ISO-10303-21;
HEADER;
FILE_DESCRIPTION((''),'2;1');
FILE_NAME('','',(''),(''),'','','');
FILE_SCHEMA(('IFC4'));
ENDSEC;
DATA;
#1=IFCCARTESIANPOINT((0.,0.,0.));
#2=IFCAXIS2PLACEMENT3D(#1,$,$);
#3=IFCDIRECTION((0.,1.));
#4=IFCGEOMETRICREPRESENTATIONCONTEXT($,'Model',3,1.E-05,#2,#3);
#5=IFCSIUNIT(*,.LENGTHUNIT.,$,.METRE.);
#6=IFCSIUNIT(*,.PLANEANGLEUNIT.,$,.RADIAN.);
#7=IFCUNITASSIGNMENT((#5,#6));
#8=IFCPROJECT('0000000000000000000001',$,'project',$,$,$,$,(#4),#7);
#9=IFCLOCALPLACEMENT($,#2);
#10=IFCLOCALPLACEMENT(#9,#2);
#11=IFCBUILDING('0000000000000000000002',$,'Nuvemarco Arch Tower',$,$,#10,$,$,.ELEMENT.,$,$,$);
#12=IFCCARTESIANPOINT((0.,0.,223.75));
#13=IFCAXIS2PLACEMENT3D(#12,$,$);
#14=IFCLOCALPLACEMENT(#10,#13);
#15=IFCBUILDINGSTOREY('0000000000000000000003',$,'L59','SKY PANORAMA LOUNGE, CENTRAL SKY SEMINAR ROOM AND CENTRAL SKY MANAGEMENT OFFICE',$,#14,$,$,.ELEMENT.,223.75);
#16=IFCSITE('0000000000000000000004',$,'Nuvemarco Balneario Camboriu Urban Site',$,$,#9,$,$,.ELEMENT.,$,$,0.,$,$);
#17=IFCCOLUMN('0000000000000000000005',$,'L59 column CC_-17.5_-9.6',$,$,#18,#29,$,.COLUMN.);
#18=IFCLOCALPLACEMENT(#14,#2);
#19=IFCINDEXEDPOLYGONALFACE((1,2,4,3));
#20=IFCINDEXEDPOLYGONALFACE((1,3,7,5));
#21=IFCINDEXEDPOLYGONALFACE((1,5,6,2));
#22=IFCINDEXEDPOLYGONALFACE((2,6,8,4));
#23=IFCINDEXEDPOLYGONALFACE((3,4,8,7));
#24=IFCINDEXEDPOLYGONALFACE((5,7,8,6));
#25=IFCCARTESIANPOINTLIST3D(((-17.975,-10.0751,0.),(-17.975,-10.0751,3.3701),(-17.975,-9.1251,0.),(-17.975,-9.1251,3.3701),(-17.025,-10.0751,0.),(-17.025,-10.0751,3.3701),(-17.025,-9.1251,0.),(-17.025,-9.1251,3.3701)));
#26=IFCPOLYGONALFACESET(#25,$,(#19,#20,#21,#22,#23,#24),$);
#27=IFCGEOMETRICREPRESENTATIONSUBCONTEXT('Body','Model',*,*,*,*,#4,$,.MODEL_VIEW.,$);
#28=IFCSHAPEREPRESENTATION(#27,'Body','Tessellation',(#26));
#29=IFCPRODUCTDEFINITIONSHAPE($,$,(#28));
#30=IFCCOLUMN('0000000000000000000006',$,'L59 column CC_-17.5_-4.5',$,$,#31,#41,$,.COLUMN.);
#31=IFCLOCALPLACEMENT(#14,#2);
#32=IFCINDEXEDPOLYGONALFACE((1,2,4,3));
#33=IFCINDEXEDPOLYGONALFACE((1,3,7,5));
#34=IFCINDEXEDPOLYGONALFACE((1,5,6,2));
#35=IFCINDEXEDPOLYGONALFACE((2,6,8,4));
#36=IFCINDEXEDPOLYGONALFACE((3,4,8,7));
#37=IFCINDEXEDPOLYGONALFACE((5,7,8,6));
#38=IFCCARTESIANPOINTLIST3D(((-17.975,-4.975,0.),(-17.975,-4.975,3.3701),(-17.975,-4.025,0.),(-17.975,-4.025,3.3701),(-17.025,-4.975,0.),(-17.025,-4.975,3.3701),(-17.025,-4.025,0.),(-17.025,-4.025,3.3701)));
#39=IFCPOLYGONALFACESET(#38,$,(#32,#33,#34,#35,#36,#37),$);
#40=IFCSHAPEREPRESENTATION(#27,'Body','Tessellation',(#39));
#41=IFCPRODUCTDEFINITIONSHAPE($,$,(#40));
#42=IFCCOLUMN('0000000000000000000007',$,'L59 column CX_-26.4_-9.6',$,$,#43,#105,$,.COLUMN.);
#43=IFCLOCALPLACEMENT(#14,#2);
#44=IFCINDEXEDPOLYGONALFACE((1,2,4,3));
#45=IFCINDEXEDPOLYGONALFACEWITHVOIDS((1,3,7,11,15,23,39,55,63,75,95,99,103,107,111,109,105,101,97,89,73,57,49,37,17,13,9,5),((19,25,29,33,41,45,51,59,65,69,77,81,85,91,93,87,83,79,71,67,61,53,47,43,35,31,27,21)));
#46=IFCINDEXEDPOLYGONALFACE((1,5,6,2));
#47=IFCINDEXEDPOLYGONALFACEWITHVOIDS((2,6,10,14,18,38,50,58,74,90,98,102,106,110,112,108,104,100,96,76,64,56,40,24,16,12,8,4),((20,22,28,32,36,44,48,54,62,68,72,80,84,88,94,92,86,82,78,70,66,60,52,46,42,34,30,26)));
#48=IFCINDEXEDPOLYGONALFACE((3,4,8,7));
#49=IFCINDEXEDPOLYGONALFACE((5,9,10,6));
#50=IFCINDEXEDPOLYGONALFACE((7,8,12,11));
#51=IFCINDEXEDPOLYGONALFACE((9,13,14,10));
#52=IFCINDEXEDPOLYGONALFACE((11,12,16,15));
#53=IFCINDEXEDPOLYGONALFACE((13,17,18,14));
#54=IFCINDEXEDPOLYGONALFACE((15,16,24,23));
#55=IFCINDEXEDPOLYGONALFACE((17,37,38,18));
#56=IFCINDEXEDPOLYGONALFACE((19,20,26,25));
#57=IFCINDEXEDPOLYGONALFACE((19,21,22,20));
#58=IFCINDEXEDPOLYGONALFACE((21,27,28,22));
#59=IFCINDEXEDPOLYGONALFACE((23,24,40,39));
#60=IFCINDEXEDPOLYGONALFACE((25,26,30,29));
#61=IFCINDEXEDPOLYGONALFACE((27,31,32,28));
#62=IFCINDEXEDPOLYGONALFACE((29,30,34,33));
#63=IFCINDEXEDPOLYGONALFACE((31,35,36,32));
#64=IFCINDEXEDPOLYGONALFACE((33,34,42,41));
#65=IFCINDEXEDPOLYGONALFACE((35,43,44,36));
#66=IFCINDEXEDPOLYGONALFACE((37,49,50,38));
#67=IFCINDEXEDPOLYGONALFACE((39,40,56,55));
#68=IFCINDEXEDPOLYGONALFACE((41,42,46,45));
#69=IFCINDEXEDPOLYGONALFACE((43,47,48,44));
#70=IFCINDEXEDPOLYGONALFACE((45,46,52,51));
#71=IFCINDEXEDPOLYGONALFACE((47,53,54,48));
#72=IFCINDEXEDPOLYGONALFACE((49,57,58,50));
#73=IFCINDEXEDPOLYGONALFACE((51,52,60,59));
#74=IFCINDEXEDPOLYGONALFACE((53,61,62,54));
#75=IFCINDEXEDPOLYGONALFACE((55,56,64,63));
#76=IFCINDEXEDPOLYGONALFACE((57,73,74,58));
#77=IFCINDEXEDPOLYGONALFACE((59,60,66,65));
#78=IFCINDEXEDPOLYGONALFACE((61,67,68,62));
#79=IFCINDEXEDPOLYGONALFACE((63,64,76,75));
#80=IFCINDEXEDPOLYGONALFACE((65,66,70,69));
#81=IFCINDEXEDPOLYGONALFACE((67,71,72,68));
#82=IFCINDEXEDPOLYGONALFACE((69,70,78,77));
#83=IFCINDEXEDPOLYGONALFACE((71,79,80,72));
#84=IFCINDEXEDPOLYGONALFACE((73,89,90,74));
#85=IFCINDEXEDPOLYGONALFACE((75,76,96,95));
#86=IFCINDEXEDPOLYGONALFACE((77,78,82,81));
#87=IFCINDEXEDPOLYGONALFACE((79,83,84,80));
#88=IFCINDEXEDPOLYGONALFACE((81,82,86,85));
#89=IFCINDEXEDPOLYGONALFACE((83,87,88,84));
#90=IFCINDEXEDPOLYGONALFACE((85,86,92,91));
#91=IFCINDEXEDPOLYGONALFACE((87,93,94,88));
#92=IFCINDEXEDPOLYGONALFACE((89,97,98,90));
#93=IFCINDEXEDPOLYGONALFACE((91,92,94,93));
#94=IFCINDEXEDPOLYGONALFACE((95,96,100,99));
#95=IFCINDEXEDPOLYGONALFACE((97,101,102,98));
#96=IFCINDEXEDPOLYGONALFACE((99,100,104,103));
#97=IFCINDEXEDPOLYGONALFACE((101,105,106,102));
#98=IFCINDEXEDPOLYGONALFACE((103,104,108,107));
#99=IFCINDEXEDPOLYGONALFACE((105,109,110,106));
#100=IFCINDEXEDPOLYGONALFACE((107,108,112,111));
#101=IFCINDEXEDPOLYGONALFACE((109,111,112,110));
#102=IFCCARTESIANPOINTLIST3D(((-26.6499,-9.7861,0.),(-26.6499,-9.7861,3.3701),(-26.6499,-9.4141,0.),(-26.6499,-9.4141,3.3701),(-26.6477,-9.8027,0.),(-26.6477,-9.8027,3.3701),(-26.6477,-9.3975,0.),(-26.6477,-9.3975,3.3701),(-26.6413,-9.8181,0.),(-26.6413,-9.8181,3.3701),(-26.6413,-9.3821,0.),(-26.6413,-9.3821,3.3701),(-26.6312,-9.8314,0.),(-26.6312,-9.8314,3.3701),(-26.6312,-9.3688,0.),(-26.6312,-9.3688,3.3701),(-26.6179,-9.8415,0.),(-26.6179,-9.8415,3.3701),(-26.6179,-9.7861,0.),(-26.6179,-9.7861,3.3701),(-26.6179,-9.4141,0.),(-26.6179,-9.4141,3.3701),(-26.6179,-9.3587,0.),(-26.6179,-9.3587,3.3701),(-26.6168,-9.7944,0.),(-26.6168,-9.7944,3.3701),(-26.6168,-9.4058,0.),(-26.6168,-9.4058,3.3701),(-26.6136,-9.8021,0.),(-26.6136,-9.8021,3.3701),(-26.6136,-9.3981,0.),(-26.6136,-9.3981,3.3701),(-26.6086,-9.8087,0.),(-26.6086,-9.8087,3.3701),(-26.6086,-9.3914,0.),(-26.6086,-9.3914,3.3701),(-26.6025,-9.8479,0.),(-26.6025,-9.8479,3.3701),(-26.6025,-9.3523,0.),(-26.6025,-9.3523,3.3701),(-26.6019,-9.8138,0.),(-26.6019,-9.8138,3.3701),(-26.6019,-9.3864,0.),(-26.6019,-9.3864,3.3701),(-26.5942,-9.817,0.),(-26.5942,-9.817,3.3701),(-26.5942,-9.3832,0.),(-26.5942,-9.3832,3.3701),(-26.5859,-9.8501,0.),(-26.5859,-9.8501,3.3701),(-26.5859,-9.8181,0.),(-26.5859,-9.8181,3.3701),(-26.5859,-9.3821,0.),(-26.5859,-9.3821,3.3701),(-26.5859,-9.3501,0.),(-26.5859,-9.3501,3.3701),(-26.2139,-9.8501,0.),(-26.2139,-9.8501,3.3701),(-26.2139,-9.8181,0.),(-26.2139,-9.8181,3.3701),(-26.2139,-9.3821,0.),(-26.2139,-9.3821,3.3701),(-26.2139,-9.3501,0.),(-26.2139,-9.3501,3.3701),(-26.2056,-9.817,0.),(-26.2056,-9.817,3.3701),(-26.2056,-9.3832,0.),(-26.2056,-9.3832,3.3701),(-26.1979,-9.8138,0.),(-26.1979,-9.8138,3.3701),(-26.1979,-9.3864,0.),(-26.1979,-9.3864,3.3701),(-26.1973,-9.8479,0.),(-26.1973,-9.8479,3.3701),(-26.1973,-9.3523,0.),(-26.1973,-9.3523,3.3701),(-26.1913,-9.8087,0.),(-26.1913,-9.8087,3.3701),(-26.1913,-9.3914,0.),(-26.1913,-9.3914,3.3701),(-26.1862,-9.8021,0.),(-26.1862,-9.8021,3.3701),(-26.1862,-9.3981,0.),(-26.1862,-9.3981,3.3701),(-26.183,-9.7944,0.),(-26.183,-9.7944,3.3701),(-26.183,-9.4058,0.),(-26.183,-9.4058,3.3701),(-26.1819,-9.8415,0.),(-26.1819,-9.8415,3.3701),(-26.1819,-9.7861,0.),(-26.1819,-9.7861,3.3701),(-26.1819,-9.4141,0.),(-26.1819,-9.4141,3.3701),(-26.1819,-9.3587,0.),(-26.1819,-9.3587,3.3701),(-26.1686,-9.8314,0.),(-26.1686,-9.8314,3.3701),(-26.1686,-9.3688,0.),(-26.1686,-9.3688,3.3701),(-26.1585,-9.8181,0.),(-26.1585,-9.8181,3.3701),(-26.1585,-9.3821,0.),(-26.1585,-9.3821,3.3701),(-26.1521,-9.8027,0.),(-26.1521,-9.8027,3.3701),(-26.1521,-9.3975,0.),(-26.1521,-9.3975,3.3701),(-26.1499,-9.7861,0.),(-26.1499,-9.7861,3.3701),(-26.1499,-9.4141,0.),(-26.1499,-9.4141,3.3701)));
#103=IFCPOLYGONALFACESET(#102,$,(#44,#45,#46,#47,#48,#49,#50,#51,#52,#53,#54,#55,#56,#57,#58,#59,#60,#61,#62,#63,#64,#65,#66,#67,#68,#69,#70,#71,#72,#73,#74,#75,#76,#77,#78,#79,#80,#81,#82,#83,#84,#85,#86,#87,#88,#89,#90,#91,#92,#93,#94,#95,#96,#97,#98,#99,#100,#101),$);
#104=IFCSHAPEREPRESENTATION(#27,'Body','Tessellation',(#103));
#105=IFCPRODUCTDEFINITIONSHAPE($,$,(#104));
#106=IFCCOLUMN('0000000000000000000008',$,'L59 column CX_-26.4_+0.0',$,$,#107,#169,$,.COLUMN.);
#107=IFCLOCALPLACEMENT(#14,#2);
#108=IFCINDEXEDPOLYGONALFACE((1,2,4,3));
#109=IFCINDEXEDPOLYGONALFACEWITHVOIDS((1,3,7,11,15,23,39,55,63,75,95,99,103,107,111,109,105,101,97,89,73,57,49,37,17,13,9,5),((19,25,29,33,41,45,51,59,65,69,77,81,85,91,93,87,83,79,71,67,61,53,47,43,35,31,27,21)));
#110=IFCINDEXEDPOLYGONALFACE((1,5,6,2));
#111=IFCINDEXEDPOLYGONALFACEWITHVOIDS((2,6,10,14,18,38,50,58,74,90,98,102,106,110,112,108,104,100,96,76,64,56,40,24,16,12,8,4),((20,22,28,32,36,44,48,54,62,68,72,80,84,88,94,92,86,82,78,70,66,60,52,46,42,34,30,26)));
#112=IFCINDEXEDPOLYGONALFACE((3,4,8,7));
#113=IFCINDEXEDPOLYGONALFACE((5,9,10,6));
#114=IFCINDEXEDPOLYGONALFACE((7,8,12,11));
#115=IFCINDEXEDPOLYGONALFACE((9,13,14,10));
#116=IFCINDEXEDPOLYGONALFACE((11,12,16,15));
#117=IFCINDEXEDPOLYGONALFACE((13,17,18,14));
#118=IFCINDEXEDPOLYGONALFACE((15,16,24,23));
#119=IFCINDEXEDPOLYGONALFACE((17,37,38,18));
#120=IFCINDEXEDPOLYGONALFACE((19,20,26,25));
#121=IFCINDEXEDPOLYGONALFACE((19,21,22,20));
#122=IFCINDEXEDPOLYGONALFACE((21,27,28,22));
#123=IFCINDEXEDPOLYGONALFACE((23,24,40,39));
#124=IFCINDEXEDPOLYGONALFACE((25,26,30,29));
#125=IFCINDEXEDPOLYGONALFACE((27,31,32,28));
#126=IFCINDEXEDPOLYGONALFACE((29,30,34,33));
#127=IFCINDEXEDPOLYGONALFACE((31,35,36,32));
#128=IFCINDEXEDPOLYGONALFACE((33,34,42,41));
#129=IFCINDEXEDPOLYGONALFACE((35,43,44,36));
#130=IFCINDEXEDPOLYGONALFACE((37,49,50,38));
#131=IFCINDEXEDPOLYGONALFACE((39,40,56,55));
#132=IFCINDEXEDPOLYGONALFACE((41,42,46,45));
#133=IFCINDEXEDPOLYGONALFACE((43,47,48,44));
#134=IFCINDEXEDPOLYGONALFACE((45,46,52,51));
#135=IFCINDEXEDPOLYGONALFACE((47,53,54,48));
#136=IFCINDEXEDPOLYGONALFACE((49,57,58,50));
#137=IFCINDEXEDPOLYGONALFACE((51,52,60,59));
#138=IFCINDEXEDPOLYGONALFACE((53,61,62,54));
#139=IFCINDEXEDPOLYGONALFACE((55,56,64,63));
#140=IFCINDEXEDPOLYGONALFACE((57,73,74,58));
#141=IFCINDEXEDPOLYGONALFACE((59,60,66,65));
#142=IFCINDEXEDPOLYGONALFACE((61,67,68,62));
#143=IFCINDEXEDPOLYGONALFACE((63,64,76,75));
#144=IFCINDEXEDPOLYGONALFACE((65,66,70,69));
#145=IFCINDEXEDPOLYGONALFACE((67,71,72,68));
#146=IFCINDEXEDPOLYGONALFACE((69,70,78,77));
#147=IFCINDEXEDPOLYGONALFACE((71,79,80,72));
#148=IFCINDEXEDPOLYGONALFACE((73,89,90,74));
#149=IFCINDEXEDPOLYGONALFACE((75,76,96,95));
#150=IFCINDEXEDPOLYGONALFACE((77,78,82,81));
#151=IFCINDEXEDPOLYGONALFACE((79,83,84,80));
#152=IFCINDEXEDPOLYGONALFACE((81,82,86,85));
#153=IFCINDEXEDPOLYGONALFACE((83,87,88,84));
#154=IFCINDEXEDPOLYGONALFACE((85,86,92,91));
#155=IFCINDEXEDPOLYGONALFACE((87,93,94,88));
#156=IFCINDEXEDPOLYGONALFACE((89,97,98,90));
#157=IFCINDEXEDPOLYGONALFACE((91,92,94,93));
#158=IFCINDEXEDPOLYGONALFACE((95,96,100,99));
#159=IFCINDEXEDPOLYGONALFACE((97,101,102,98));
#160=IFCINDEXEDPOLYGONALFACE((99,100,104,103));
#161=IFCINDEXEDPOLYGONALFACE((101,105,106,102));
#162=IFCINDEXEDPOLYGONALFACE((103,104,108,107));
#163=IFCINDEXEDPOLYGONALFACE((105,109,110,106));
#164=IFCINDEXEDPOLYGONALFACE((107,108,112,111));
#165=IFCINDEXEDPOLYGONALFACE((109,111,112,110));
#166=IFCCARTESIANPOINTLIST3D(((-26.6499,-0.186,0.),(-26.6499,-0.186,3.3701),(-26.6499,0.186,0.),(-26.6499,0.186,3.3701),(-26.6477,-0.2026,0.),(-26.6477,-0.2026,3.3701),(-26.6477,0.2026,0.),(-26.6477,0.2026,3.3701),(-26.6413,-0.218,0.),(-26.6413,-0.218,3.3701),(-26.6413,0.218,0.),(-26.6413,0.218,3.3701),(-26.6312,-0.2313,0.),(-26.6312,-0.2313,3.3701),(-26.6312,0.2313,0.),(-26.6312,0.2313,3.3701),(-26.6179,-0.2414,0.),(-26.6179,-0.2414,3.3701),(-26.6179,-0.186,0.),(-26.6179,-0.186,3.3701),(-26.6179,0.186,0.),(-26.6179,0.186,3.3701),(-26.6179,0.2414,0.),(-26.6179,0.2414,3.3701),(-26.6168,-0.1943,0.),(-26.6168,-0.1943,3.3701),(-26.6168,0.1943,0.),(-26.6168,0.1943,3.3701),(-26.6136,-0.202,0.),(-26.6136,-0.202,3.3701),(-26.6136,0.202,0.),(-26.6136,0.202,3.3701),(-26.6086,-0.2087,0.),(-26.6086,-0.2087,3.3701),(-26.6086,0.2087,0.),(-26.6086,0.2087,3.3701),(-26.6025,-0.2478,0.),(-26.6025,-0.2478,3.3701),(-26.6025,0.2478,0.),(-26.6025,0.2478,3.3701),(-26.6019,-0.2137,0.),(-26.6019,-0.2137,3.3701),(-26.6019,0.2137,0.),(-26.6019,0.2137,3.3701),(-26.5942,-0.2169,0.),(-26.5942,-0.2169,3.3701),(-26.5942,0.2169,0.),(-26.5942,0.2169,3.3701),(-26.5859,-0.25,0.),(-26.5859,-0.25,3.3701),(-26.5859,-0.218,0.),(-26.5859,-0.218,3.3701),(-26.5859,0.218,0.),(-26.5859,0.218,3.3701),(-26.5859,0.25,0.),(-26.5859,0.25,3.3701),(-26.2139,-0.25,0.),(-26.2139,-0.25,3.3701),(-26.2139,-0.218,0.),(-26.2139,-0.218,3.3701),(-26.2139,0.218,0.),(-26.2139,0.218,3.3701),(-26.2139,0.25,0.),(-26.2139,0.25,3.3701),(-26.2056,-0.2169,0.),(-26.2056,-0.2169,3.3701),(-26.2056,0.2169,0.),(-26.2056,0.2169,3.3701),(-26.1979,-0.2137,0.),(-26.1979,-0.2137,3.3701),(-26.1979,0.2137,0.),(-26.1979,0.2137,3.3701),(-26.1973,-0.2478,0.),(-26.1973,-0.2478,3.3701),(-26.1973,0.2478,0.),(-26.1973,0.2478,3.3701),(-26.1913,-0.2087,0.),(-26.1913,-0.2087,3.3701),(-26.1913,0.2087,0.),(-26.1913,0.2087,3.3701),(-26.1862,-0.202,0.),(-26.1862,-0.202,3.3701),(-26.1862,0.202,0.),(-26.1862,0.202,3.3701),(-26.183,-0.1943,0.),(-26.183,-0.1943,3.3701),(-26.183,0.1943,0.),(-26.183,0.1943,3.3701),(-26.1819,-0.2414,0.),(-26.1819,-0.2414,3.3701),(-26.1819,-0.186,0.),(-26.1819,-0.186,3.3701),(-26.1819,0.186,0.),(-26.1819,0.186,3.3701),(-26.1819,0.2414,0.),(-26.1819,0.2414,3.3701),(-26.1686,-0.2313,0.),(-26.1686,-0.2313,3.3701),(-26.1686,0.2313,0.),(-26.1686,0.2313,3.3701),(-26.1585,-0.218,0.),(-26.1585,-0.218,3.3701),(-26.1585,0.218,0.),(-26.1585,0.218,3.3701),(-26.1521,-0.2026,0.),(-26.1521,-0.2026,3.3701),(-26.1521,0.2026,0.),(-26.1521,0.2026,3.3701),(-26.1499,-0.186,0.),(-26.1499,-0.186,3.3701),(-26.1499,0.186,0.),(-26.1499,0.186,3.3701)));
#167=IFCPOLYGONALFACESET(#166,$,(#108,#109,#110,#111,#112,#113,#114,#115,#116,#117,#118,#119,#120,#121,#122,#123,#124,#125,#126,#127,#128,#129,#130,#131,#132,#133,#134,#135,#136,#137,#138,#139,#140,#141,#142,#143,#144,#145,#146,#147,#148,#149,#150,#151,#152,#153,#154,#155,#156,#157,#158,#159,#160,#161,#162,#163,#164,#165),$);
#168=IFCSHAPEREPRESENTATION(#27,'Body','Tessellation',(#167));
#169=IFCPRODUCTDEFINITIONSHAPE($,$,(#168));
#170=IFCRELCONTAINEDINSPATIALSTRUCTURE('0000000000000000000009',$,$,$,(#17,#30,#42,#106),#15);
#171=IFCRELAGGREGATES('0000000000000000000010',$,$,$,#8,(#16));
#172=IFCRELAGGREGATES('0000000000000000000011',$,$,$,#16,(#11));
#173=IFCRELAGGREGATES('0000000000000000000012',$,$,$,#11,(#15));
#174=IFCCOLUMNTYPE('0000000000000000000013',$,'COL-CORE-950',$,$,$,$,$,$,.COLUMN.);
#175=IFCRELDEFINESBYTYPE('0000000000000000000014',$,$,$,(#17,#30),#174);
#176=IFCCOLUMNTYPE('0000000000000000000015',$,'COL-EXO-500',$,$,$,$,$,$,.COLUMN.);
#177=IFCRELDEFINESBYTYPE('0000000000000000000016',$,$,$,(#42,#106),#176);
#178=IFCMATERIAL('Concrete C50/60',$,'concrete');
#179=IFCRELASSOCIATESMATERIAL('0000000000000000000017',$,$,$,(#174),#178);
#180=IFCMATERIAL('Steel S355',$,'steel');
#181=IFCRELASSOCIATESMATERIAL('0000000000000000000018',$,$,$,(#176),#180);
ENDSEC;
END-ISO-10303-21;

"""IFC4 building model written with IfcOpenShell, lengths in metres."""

from ifc_helpers import new_model, si_unit, direction, frame, origin, origin_2d, place, context, subcontext, project, spatial, rectangle, hollow_rectangle, extrude, material, material_profile, profile_set, type_object, element, save


model = new_model("IFC4")

# Units and contexts
model_context = context("Model", 3, precision=1e-05, world=origin(), true_north=direction((0.0, 1.0)))
body_context = subcontext(model_context, "Body", "Model", "MODEL_VIEW")
ifc_project = project(units=[si_unit("LENGTHUNIT", "METRE"), si_unit("PLANEANGLEUNIT", "RADIAN")], contexts=[model_context])

# Site, building, storey
site_placement = place(None, origin())
site = spatial("IfcSite", under=ifc_project, at=site_placement, Name="Nuvemarco Balneario Camboriu Urban Site", CompositionType="ELEMENT", RefElevation=0.0)
building_placement = place(site_placement, origin())
building = spatial("IfcBuilding", under=site, at=building_placement, Name="Nuvemarco Arch Tower", CompositionType="ELEMENT")
storey_placement = place(building_placement, frame((0.0, 0.0, 223.75)))
storey = spatial("IfcBuildingStorey", under=building, at=storey_placement, Name="L59", Description="SKY PANORAMA LOUNGE, CENTRAL SKY SEMINAR ROOM AND CENTRAL SKY MANAGEMENT OFFICE", CompositionType="ELEMENT", Elevation=223.75)

# Columns
ifc_material_1 = material(Name="Concrete C50/60", Category="concrete")
ifc_material_profile_1 = material_profile(ifc_material_1, rectangle(XDim=0.95, YDim=0.95, at=origin_2d()), Name="RC-COL-950x950")
ifc_profile_set_1 = profile_set([ifc_material_profile_1], Name="Concrete C50/60")
column_type_1 = type_object("IfcColumnType", Name="COL-CORE-950", PredefinedType="COLUMN", material=ifc_profile_set_1)
for number, where, z_axis, x_axis, name in (
    (1, (-17.5, -9.6001, 0.0), (0.0, 0.0, 1.0), (1.0, 0.0, 0.0), "L59 column CC_-17.5_-9.6"),
    (2, (-17.5, -4.5, 0.0), (0.0, 0.0, 1.0), (1.0, 0.0, 0.0), "L59 column CC_-17.5_-4.5"),
):
    element("IfcColumn", number, at=place(storey_placement, frame(where, z_axis=z_axis, x_axis=x_axis)), inside=storey, type_object=column_type_1, Name=name, PredefinedType="COLUMN", context=body_context, shape_type="SweptSolid", body=[
        extrude(rectangle(XDim=0.95, YDim=0.95, at=origin_2d()), origin(), (0.0, 0.0, 1.0), 3.3701),
    ])
ifc_material_2 = material(Name="Steel S355", Category="steel")
ifc_material_profile_2 = material_profile(ifc_material_2, hollow_rectangle(XDim=0.5, YDim=0.5, WallThickness=0.032, InnerFilletRadius=0.032, OuterFilletRadius=0.064, at=origin_2d()), Name="SHS500x500x32")
ifc_profile_set_2 = profile_set([ifc_material_profile_2], Name="Steel S355")
column_type_2 = type_object("IfcColumnType", Name="COL-EXO-500", PredefinedType="COLUMN", material=ifc_profile_set_2)
for number, where, z_axis, x_axis, name in (
    (3, (-26.3999, -9.6001, 0.0), (0.0, 0.0, 1.0), (1.0, 0.0, 0.0), "L59 column CX_-26.4_-9.6"),
    (4, (-26.3999, 0.0, 0.0), (0.0, 0.0, 1.0), (1.0, 0.0, 0.0), "L59 column CX_-26.4_+0.0"),
):
    element("IfcColumn", number, at=place(storey_placement, frame(where, z_axis=z_axis, x_axis=x_axis)), inside=storey, type_object=column_type_2, Name=name, PredefinedType="COLUMN", context=body_context, shape_type="SweptSolid", body=[
        extrude(hollow_rectangle(XDim=0.5, YDim=0.5, WallThickness=0.032, InnerFilletRadius=0.032, OuterFilletRadius=0.064, at=origin_2d()), origin(), (0.0, 0.0, 1.0), 3.3701),
    ])

save(model, "model.ifc")
